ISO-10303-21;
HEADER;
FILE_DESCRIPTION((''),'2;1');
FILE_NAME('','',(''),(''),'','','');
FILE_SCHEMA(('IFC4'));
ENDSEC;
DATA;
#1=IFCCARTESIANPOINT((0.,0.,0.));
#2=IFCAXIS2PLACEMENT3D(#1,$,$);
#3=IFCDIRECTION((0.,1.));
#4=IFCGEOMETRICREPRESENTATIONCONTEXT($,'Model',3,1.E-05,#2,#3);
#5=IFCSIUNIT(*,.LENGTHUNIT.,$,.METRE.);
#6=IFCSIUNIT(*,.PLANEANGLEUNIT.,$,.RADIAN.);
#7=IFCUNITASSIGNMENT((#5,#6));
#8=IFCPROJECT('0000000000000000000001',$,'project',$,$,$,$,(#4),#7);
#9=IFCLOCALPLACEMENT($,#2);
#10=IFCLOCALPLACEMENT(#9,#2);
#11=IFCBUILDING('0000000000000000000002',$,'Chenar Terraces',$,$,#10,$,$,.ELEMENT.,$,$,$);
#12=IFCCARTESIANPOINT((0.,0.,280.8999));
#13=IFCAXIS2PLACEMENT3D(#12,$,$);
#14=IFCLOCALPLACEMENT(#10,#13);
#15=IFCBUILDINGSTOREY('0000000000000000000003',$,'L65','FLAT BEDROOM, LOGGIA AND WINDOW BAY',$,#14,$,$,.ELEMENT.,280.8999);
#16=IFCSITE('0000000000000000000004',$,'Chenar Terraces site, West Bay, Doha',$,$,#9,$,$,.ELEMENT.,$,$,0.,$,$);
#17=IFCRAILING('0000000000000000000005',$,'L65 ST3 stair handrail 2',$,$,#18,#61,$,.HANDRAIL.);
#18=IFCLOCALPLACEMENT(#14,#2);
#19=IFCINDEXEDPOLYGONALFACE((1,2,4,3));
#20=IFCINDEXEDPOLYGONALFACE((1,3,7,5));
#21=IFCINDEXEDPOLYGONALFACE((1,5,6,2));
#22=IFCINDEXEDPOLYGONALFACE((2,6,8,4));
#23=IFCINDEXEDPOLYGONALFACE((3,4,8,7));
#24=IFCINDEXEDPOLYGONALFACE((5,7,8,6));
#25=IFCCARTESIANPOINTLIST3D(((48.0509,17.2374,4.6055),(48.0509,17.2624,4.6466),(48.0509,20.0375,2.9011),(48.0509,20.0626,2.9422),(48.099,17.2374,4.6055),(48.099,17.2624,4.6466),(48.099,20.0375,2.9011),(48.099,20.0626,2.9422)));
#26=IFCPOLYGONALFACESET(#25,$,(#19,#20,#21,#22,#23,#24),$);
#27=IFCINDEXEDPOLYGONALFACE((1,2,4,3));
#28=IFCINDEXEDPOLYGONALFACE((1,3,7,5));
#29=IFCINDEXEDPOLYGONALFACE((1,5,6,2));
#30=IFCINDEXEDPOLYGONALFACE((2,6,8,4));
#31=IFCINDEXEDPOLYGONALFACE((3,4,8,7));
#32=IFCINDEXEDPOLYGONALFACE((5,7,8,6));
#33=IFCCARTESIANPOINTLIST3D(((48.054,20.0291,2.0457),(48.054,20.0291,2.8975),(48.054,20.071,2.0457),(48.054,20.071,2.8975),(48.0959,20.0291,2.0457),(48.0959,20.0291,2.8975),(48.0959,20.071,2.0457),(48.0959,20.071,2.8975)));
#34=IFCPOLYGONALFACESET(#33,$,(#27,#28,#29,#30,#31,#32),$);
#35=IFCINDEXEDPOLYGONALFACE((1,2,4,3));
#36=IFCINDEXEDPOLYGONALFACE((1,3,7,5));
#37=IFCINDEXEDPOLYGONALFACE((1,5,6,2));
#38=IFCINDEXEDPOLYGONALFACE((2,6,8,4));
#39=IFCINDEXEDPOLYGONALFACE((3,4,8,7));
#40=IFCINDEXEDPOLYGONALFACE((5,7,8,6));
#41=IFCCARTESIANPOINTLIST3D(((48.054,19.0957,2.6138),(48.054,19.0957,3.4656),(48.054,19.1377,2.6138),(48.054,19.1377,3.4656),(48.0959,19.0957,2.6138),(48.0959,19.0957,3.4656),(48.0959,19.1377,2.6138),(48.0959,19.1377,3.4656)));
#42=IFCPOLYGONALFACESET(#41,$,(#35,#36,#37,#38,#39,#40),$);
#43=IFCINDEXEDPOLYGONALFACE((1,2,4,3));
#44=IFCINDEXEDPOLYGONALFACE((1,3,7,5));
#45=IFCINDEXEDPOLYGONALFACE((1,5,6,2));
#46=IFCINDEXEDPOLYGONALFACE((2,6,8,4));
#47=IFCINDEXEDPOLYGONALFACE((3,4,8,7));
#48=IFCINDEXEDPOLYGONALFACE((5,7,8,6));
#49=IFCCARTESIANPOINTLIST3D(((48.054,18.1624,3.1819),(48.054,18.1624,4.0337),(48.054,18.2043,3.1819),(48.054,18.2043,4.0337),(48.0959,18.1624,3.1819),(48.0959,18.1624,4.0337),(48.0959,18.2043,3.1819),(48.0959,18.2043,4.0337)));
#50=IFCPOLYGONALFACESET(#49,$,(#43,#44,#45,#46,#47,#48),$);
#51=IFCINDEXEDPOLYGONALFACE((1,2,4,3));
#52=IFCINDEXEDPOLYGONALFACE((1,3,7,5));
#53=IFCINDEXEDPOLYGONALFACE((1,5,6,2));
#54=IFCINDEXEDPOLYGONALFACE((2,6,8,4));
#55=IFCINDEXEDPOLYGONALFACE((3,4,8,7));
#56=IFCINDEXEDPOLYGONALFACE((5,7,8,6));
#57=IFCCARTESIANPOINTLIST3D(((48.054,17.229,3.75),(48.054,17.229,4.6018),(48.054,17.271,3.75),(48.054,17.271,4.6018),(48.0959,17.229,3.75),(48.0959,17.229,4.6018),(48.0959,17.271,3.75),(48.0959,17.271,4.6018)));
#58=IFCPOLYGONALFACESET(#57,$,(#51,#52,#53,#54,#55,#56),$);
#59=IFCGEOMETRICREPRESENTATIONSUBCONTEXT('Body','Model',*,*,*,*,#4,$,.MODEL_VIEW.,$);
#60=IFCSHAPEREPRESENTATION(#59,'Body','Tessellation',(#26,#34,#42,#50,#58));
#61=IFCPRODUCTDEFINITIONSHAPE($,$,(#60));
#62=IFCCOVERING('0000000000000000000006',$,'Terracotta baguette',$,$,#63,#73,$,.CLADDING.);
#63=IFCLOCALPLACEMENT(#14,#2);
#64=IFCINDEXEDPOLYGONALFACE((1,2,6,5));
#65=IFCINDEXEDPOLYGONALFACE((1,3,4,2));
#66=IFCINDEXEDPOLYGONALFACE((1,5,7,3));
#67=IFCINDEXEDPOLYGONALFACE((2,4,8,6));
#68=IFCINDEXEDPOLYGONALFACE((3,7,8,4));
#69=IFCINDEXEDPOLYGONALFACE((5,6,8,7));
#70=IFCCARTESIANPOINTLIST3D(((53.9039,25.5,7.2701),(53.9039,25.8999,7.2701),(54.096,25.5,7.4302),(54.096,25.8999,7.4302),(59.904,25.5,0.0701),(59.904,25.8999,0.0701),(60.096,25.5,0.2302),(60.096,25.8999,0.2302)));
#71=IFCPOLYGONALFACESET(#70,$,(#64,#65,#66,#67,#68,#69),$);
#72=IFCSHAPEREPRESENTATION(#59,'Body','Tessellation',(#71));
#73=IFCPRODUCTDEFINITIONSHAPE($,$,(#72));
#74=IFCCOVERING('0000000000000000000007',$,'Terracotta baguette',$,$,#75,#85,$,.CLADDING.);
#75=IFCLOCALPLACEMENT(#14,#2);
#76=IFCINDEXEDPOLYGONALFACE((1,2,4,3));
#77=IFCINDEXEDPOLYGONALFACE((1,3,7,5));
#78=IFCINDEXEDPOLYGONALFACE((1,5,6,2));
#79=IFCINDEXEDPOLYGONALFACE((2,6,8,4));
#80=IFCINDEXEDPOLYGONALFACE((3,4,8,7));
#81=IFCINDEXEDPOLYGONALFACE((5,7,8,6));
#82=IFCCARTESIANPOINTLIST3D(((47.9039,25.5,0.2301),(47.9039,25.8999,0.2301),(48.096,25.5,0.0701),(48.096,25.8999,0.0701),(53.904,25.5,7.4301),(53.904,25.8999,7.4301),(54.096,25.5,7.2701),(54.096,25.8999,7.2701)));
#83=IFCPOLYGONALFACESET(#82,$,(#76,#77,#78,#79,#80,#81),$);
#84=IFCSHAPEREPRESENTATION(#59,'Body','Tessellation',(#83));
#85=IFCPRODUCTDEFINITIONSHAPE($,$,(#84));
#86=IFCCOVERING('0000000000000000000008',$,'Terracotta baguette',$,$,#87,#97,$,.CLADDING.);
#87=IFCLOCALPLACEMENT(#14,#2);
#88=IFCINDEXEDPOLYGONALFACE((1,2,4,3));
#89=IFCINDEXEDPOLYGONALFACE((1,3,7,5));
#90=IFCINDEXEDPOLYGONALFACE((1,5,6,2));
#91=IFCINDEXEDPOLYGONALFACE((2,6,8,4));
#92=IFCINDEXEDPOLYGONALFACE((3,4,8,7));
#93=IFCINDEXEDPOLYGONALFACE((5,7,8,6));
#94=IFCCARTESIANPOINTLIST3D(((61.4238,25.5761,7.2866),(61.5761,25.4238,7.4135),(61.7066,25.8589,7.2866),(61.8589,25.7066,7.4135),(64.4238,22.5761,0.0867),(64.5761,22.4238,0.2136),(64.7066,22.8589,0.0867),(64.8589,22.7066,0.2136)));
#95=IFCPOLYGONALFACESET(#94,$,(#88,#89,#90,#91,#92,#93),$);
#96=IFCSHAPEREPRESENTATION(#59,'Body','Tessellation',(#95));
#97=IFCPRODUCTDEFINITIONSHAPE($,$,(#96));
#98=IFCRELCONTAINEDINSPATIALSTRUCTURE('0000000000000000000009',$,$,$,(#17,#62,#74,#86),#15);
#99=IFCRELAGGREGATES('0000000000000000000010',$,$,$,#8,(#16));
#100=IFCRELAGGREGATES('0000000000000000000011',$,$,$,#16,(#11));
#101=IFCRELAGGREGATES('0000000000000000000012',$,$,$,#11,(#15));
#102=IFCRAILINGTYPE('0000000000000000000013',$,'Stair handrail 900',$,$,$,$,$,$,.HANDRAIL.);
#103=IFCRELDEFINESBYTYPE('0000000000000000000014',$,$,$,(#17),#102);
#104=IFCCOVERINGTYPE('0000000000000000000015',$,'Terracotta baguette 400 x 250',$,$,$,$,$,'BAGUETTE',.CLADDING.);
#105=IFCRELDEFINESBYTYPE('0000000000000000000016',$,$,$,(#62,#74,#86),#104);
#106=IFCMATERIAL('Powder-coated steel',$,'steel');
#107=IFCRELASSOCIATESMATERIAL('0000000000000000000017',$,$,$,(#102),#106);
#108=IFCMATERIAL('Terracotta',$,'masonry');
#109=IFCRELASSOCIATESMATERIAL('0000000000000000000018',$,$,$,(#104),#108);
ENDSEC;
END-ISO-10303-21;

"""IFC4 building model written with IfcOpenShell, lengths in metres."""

from ifc_helpers import new_model, si_unit, direction, frame, origin, origin_2d, place, context, subcontext, project, spatial, rectangle, extrude, material, material_profile, profile_set, type_object, element, save


model = new_model("IFC4")

# Units and contexts
model_context = context("Model", 3, precision=1e-05, world=origin(), true_north=direction((0.0, 1.0)))
body_context = subcontext(model_context, "Body", "Model", "MODEL_VIEW")
ifc_project = project(units=[si_unit("LENGTHUNIT", "METRE"), si_unit("PLANEANGLEUNIT", "RADIAN")], contexts=[model_context])

# Site, building, storey
site_placement = place(None, origin())
site = spatial("IfcSite", under=ifc_project, at=site_placement, Name="Chenar Terraces site, West Bay, Doha", CompositionType="ELEMENT", RefElevation=0.0)
building_placement = place(site_placement, origin())
building = spatial("IfcBuilding", under=site, at=building_placement, Name="Chenar Terraces", CompositionType="ELEMENT")
storey_placement = place(building_placement, frame((0.0, 0.0, 280.8999)))
storey = spatial("IfcBuildingStorey", under=building, at=storey_placement, Name="L65", Description="FLAT BEDROOM, LOGGIA AND WINDOW BAY", CompositionType="ELEMENT", Elevation=280.8999)

# Railing
ifc_material_1 = material(Name="Powder-coated steel", Category="steel")
railing_type_1 = type_object("IfcRailingType", Name="Stair handrail 900", PredefinedType="HANDRAIL", material=ifc_material_1)
railing_1_placement = place(storey_placement, frame((48.075, 20.05, 2.0457)))
element("IfcRailing", 1, at=railing_1_placement, inside=storey, type_object=railing_type_1, Name="L65 ST3 stair handrail 2", PredefinedType="HANDRAIL", context=body_context, shape_type="SweptSolid", body=[
    extrude(rectangle(XDim=0.0481, YDim=0.0481, at=origin_2d()), frame((0.0, 0.0, 0.876), z_axis=(0.0, -0.854203, 0.51994), x_axis=(1.0, 0.0, 0.0)), (0.0, 0.0, 1.0), 3.2781),
    extrude(rectangle(XDim=0.042, YDim=0.042, at=origin_2d()), origin(), (0.0, 0.0, 1.0), 0.8518),
    extrude(rectangle(XDim=0.042, YDim=0.042, at=origin_2d()), frame((0.0, -0.9333, 0.5681)), (0.0, 0.0, 1.0), 0.8518),
    extrude(rectangle(XDim=0.042, YDim=0.042, at=origin_2d()), frame((0.0, -1.8667, 1.1362)), (0.0, 0.0, 1.0), 0.8518),
    extrude(rectangle(XDim=0.042, YDim=0.042, at=origin_2d()), frame((0.0, -2.8, 1.7043)), (0.0, 0.0, 1.0), 0.8518),
])

# Coverings
ifc_material_2 = material(Name="Terracotta", Category="masonry")
ifc_material_profile_1 = material_profile(ifc_material_2, rectangle(XDim=0.3999, YDim=0.25, at=origin_2d()), Name="Terracotta baguette 400 x 250")
ifc_profile_set_1 = profile_set([ifc_material_profile_1], Name="Terracotta")
covering_type = type_object("IfcCoveringType", Name="Terracotta baguette 400 x 250", ElementType="BAGUETTE", PredefinedType="CLADDING", material=ifc_profile_set_1)
for number, where, z_axis, x_axis, name in (
    (2, (60.0, 25.7, 0.1501), (-0.640187, 0.0, 0.768219), (0.0, -1.0, 0.0), "Terracotta baguette"),
    (3, (54.0, 25.7, 7.3501), (-0.640187, 0.0, -0.768219), (0.0, -1.0, 0.0), "Terracotta baguette"),
):
    element("IfcCovering", number, at=place(storey_placement, frame(where, z_axis=z_axis, x_axis=x_axis)), inside=storey, type_object=covering_type, Name=name, PredefinedType="CLADDING", context=body_context, shape_type="SweptSolid", body=[
        extrude(rectangle(XDim=0.3999, YDim=0.25, at=origin_2d()), origin(), (0.0, 0.0, 1.0), 9.3723),
    ])
covering_placement = place(storey_placement, frame((64.6414, 22.6414, 0.1501), z_axis=(-0.358981, 0.358981, 0.861548), x_axis=(-0.707107, -0.707107, 0.0)))
element("IfcCovering", 4, at=covering_placement, inside=storey, type_object=covering_type, Name="Terracotta baguette", PredefinedType="CLADDING", context=body_context, shape_type="SweptSolid", body=[
    extrude(rectangle(XDim=0.3999, YDim=0.25, at=origin_2d()), origin(), (0.0, 0.0, 1.0), 8.3569),
])

save(model, "model.ifc")
